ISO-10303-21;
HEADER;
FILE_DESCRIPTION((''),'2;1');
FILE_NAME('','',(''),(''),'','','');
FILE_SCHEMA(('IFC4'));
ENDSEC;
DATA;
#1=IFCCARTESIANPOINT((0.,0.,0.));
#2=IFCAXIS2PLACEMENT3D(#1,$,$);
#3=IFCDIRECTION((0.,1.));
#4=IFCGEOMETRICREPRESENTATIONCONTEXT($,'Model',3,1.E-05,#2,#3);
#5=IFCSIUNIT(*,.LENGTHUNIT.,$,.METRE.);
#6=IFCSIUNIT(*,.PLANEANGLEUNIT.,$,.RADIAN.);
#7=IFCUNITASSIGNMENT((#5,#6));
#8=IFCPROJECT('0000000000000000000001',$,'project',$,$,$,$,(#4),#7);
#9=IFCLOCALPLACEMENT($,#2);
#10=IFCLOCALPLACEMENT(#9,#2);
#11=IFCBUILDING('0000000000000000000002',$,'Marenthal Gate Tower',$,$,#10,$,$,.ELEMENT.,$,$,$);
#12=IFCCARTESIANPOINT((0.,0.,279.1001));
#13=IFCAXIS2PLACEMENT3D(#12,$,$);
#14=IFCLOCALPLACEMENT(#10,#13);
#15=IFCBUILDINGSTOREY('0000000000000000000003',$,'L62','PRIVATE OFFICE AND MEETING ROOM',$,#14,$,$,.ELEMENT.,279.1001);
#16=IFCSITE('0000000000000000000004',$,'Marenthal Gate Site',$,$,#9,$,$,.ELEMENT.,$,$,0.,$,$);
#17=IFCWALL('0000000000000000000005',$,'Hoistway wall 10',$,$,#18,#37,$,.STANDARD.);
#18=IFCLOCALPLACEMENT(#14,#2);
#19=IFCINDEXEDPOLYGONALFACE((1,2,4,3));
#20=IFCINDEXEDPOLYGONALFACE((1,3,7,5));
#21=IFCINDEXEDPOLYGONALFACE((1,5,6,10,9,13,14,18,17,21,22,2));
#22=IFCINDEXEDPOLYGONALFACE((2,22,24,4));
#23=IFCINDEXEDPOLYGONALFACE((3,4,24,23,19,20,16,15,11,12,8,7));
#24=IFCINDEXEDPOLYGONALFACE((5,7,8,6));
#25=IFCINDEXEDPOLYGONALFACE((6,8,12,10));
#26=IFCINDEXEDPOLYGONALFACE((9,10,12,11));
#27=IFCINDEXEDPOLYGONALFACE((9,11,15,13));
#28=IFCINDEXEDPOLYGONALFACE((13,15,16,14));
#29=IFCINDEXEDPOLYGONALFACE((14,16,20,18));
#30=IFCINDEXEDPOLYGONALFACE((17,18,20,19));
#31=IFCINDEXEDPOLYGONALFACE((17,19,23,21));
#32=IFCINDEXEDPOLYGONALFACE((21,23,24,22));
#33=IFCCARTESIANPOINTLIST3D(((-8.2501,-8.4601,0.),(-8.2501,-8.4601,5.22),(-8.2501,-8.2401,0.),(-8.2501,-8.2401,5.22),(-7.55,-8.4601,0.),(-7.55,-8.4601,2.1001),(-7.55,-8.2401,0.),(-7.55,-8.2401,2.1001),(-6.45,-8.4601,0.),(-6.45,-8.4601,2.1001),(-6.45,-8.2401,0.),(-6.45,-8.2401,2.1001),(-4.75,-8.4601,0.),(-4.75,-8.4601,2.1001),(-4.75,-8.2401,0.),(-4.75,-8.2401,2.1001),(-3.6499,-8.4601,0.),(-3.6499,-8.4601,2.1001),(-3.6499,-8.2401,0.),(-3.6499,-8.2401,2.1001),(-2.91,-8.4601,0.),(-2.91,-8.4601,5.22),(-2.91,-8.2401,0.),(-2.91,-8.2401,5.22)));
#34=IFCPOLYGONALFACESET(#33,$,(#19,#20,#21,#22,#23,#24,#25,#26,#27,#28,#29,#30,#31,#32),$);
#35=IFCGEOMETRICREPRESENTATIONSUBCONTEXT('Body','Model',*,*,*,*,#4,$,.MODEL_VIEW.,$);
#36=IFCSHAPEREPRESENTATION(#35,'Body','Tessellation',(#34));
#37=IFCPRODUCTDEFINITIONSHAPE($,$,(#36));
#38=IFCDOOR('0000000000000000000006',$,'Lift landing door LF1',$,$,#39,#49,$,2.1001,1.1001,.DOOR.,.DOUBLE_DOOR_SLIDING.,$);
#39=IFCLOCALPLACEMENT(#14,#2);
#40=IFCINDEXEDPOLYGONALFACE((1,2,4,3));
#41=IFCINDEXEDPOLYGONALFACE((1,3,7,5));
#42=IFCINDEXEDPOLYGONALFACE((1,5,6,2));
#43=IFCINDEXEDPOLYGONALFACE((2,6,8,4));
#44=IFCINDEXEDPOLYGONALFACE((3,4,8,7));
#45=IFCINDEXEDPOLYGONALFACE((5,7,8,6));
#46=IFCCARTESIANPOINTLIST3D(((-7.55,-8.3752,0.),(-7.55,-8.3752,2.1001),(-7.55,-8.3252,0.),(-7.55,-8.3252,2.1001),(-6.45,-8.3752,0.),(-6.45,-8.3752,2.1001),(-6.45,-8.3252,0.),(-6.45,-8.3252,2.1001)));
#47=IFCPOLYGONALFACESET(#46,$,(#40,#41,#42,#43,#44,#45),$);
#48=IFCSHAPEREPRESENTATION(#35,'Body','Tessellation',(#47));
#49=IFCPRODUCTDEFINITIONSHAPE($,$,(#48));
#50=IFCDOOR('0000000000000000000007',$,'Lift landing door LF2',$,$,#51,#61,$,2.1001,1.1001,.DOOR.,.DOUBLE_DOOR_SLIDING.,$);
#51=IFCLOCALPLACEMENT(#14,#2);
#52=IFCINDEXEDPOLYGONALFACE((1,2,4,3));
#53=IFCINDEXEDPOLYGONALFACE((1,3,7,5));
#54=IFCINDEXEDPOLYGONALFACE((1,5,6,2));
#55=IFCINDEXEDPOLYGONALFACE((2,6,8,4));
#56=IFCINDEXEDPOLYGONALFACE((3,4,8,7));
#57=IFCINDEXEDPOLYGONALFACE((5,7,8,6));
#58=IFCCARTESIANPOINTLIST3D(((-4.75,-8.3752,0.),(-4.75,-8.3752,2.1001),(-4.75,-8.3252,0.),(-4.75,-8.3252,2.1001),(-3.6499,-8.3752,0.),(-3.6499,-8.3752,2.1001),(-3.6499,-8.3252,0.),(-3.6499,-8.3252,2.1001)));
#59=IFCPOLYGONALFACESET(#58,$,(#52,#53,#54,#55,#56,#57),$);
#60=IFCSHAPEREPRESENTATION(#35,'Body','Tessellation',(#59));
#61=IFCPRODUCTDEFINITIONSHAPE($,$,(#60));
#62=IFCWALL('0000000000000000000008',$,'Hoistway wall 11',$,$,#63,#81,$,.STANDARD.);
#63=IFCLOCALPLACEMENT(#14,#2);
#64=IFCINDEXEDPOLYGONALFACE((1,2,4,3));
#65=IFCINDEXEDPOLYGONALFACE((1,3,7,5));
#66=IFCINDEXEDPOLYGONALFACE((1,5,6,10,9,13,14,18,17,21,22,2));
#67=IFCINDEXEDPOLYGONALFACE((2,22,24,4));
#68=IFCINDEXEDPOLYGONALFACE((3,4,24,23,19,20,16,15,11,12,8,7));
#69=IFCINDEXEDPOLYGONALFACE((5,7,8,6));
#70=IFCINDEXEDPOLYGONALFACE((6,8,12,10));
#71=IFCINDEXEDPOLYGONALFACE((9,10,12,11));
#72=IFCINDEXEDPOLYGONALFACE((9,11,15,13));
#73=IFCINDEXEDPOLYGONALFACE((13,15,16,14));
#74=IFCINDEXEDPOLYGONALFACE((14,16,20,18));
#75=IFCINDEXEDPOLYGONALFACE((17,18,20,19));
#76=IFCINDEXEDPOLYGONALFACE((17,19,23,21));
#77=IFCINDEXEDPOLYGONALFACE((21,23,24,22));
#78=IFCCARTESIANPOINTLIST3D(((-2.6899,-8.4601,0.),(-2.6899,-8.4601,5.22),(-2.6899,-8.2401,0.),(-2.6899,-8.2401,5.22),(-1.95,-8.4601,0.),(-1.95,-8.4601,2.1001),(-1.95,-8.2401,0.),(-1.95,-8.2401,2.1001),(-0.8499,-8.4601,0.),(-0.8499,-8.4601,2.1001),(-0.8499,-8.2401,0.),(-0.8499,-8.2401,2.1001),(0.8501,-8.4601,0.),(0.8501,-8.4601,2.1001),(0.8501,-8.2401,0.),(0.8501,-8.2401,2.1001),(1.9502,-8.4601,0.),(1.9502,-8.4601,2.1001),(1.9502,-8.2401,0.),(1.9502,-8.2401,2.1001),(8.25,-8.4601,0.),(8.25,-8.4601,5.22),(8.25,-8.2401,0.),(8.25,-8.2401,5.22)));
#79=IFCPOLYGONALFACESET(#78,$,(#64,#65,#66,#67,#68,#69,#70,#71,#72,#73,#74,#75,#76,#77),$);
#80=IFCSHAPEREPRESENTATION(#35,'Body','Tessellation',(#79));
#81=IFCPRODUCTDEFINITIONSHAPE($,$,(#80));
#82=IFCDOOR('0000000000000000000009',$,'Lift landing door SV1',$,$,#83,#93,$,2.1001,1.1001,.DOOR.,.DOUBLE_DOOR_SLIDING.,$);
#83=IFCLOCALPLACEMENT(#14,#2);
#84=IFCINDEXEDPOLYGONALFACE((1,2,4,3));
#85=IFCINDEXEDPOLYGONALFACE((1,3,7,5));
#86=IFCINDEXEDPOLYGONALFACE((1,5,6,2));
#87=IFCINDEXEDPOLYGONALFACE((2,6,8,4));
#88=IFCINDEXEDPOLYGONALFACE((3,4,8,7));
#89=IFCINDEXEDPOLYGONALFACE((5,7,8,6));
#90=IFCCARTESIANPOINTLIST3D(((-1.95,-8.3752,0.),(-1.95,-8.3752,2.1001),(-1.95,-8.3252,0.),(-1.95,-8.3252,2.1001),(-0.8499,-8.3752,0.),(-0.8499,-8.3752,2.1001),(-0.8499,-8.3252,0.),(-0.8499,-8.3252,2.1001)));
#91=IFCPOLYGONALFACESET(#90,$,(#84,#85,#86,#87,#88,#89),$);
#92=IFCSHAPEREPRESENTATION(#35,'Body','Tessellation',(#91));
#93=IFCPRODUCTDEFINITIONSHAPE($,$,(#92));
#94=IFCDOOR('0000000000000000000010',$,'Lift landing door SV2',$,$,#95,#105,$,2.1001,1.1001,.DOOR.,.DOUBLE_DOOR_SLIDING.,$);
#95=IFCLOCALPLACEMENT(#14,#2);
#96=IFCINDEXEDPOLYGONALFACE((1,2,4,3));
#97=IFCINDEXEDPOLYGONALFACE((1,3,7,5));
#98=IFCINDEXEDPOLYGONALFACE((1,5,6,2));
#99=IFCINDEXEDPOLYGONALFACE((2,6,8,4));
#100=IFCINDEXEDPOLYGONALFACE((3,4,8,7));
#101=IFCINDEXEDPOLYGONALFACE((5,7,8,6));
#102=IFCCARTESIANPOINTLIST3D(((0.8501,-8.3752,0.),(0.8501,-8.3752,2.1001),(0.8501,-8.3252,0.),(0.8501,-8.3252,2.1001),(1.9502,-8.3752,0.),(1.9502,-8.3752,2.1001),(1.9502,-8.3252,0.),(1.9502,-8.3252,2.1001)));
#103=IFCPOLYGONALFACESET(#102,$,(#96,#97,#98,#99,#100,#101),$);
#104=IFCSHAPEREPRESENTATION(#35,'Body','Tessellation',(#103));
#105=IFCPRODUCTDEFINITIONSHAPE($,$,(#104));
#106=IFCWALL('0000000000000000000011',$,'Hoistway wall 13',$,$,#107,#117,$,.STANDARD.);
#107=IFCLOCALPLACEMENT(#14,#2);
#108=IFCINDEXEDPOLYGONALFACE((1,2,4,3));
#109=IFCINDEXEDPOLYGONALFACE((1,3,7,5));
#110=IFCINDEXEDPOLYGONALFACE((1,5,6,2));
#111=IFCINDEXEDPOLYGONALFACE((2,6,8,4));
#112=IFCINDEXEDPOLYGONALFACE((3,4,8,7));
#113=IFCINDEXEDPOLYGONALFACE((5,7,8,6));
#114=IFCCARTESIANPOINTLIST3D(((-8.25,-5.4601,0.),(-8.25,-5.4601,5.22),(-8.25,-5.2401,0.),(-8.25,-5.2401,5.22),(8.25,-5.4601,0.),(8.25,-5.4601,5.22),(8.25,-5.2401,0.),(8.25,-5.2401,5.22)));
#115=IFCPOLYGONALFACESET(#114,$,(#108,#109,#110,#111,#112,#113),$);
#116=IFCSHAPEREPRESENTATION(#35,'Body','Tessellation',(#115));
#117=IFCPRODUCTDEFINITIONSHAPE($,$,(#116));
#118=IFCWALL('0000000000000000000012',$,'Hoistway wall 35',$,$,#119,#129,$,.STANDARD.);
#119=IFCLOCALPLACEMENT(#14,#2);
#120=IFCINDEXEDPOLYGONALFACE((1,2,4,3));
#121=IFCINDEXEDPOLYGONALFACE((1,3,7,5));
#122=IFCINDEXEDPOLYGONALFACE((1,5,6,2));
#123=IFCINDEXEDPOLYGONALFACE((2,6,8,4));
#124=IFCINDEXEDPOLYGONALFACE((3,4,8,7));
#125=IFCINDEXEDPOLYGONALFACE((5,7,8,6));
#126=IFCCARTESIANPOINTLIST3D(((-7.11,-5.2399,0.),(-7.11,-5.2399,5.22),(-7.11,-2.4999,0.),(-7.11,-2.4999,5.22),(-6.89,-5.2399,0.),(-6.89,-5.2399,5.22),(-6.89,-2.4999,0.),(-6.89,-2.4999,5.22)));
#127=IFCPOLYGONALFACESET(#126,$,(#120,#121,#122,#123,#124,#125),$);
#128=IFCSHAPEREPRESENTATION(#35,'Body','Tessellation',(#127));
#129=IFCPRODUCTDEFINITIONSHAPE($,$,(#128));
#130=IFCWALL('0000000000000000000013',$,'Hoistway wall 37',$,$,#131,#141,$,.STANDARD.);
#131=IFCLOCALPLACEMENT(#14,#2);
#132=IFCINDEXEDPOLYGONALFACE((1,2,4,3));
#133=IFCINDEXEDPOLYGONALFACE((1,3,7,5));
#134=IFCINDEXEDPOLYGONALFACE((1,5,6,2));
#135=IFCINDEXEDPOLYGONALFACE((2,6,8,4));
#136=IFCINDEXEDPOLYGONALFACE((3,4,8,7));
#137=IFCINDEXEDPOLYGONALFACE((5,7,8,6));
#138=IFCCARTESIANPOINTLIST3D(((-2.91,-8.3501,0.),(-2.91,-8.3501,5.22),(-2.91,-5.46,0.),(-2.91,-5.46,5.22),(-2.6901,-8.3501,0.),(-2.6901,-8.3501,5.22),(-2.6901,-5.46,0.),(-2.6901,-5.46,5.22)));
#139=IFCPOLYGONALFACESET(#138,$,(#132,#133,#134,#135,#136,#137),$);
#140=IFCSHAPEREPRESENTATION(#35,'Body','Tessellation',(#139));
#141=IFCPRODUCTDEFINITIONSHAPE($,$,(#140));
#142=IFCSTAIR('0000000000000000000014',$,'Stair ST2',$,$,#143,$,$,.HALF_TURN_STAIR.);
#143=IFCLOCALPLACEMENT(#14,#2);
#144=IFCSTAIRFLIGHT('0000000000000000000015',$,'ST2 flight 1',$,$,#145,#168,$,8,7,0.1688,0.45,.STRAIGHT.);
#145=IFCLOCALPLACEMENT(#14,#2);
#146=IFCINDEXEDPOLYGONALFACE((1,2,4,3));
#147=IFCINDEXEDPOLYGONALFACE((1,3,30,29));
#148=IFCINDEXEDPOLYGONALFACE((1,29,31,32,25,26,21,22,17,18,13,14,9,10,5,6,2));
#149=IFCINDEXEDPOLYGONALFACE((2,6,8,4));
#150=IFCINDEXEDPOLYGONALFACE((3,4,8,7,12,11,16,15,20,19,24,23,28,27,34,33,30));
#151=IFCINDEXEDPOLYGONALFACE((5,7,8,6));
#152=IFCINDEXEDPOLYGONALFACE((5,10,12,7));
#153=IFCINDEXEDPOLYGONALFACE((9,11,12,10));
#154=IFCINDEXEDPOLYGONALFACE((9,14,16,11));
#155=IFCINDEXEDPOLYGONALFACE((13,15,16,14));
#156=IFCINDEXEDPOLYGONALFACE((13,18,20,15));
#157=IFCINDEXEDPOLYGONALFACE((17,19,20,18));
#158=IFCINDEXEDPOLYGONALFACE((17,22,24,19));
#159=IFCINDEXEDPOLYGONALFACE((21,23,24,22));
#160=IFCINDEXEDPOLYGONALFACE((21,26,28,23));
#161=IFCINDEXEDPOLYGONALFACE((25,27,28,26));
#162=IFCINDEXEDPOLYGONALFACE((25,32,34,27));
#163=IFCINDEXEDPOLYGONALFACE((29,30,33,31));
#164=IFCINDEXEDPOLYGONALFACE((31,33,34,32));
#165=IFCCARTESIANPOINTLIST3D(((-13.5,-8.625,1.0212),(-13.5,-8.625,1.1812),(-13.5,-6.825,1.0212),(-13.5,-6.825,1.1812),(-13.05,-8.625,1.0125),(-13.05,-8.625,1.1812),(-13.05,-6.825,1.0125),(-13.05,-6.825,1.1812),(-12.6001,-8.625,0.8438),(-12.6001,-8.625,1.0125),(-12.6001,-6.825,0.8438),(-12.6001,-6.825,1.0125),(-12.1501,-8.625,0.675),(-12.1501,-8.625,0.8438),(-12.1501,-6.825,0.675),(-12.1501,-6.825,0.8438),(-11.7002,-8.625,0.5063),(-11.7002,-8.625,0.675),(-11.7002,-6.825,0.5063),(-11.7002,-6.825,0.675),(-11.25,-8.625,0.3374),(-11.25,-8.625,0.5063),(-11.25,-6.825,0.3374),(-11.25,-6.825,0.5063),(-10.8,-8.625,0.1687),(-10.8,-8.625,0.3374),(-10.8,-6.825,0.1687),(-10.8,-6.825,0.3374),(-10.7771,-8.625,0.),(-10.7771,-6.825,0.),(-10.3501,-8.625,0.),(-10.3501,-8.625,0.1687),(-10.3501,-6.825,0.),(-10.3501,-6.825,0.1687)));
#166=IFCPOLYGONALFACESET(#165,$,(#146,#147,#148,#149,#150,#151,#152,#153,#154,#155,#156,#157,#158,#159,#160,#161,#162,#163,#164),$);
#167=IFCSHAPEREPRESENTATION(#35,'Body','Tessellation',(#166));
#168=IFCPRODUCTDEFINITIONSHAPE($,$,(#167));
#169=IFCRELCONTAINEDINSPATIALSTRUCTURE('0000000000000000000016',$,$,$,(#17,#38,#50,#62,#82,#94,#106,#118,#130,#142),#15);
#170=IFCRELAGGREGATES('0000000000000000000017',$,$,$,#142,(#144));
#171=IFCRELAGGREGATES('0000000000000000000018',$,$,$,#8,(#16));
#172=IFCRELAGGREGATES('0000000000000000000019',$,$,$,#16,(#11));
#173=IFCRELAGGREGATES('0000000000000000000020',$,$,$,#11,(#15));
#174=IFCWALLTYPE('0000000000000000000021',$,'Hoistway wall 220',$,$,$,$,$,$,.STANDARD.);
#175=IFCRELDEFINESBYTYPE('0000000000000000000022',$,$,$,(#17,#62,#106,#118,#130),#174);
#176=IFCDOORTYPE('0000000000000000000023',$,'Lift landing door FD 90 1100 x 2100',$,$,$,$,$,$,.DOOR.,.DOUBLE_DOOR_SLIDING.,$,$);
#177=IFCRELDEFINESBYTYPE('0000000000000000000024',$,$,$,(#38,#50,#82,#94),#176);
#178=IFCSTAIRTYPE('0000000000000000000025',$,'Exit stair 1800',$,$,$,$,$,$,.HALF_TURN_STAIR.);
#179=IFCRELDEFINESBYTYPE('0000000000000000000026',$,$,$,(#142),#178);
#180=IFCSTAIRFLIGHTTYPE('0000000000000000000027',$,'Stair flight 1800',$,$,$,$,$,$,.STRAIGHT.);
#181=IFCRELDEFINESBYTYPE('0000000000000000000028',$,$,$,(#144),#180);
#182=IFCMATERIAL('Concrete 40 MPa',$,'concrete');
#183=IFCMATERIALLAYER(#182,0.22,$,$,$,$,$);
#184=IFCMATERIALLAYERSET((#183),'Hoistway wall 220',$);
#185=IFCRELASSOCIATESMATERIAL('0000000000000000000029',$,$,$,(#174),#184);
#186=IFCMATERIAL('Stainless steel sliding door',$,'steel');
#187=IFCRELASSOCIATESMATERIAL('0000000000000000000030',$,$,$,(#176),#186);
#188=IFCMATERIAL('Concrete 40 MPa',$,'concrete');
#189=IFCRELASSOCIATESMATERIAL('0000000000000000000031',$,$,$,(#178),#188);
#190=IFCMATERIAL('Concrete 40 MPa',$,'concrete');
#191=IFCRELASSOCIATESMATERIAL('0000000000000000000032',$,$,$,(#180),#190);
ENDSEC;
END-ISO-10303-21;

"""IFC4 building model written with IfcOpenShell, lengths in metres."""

from ifc_helpers import new_model, si_unit, direction, frame, frame_2d, origin, place, context, subcontext, project, spatial, polyline, rectangle, outline, extrude, material, layer, layer_set, type_object, element, fill, aggregate, save


model = new_model("IFC4")

# Units and contexts
model_context = context("Model", 3, precision=1e-05, world=origin(), true_north=direction((0.0, 1.0)))
body_context = subcontext(model_context, "Body", "Model", "MODEL_VIEW")
ifc_project = project(units=[si_unit("LENGTHUNIT", "METRE"), si_unit("PLANEANGLEUNIT", "RADIAN")], contexts=[model_context])

# Site, building, storey
site_placement = place(None, origin())
site = spatial("IfcSite", under=ifc_project, at=site_placement, Name="Marenthal Gate Site", CompositionType="ELEMENT", RefElevation=0.0)
building_placement = place(site_placement, origin())
building = spatial("IfcBuilding", under=site, at=building_placement, Name="Marenthal Gate Tower", CompositionType="ELEMENT")
storey_placement = place(building_placement, frame((0.0, 0.0, 279.1001)))
storey = spatial("IfcBuildingStorey", under=building, at=storey_placement, Name="L62", Description="PRIVATE OFFICE AND MEETING ROOM", CompositionType="ELEMENT", Elevation=279.1001)

# Walls, openings, doors
ifc_material_1 = material(Name="Concrete 40 MPa", Category="concrete")
ifc_layer = layer(ifc_material_1, 0.22)
ifc_layer_set = layer_set([ifc_layer], Name="Hoistway wall 220")
wall_type = type_object("IfcWallType", Name="Hoistway wall 220", PredefinedType="STANDARD", material=ifc_layer_set)
wall_1_placement = place(storey_placement, frame((-8.25, -8.3501, 0.0), z_axis=(0.0, 0.0, 1.0), x_axis=(1.0, 0.0, 0.0)))
wall_1 = element("IfcWall", 1, at=wall_1_placement, inside=storey, type_object=wall_type, Name="Hoistway wall 10", PredefinedType="STANDARD", context=body_context, shape_type="SweptSolid", body=[
    extrude(rectangle(XDim=5.3401, YDim=0.22, at=frame_2d((2.6699, 0.0))), origin(), (0.0, 0.0, 1.0), 5.22),
])
opening_1_placement = place(wall_1_placement, frame((0.7, 0.0, 0.0)))
opening_1 = element("IfcOpeningElement", 2, at=opening_1_placement, cuts=wall_1, PredefinedType="OPENING", context=body_context, shape_type="SweptSolid", body=[
    extrude(rectangle(XDim=1.1001, YDim=2.1001, at=frame_2d((0.55, 1.05))), frame((0.0, 0.1201, 0.0), z_axis=(0.0, -1.0, 0.0), x_axis=(1.0, 0.0, 0.0)), (0.0, 0.0, 1.0), 0.24),
])
opening_2_placement = place(wall_1_placement, frame((3.5, 0.0, 0.0)))
opening_2 = element("IfcOpeningElement", 3, at=opening_2_placement, cuts=wall_1, PredefinedType="OPENING", context=body_context, shape_type="SweptSolid", body=[
    extrude(rectangle(XDim=1.1001, YDim=2.1001, at=frame_2d((0.55, 1.05))), frame((0.0, 0.1201, 0.0), z_axis=(0.0, -1.0, 0.0), x_axis=(1.0, 0.0, 0.0)), (0.0, 0.0, 1.0), 0.24),
])
ifc_material_2 = material(Name="Stainless steel sliding door", Category="steel")
door_type = type_object("IfcDoorType", Name="Lift landing door FD 90 1100 x 2100", OperationType="DOUBLE_DOOR_SLIDING", PredefinedType="DOOR", material=ifc_material_2)
door_1_placement = place(opening_1_placement, origin())
door_1 = element("IfcDoor", 4, at=door_1_placement, inside=storey, type_object=door_type, Name="Lift landing door LF1", OperationType="DOUBLE_DOOR_SLIDING", OverallHeight=2.1001, OverallWidth=1.1001, PredefinedType="DOOR", context=body_context, shape_type="SweptSolid", body=[
    extrude(rectangle(XDim=1.1001, YDim=2.1001, at=frame_2d((0.55, 1.05))), frame((0.0, 0.0249, 0.0), z_axis=(0.0, -1.0, 0.0), x_axis=(1.0, 0.0, 0.0)), (0.0, 0.0, 1.0), 0.05),
])
fill(opening_1, door_1)
door_2_placement = place(opening_2_placement, origin())
door_2 = element("IfcDoor", 5, at=door_2_placement, inside=storey, type_object=door_type, Name="Lift landing door LF2", OperationType="DOUBLE_DOOR_SLIDING", OverallHeight=2.1001, OverallWidth=1.1001, PredefinedType="DOOR", context=body_context, shape_type="SweptSolid", body=[
    extrude(rectangle(XDim=1.1001, YDim=2.1001, at=frame_2d((0.55, 1.05))), frame((0.0, 0.0249, 0.0), z_axis=(0.0, -1.0, 0.0), x_axis=(1.0, 0.0, 0.0)), (0.0, 0.0, 1.0), 0.05),
])
fill(opening_2, door_2)
wall_2_placement = place(storey_placement, frame((-2.6899, -8.3501, 0.0), z_axis=(0.0, 0.0, 1.0), x_axis=(1.0, 0.0, 0.0)))
wall_2 = element("IfcWall", 6, at=wall_2_placement, inside=storey, type_object=wall_type, Name="Hoistway wall 11", PredefinedType="STANDARD", context=body_context, shape_type="SweptSolid", body=[
    extrude(rectangle(XDim=10.9399, YDim=0.22, at=frame_2d((5.47, 0.0))), origin(), (0.0, 0.0, 1.0), 5.22),
])
opening_3_placement = place(wall_2_placement, frame((0.74, 0.0, 0.0)))
opening_3 = element("IfcOpeningElement", 7, at=opening_3_placement, cuts=wall_2, PredefinedType="OPENING", context=body_context, shape_type="SweptSolid", body=[
    extrude(rectangle(XDim=1.1001, YDim=2.1001, at=frame_2d((0.55, 1.05))), frame((0.0, 0.1201, 0.0), z_axis=(0.0, -1.0, 0.0), x_axis=(1.0, 0.0, 0.0)), (0.0, 0.0, 1.0), 0.24),
])
opening_4_placement = place(wall_2_placement, frame((3.54, 0.0, 0.0)))
opening_4 = element("IfcOpeningElement", 8, at=opening_4_placement, cuts=wall_2, PredefinedType="OPENING", context=body_context, shape_type="SweptSolid", body=[
    extrude(rectangle(XDim=1.1001, YDim=2.1001, at=frame_2d((0.55, 1.05))), frame((0.0, 0.1201, 0.0), z_axis=(0.0, -1.0, 0.0), x_axis=(1.0, 0.0, 0.0)), (0.0, 0.0, 1.0), 0.24),
])
door_3_placement = place(opening_3_placement, origin())
door_3 = element("IfcDoor", 9, at=door_3_placement, inside=storey, type_object=door_type, Name="Lift landing door SV1", OperationType="DOUBLE_DOOR_SLIDING", OverallHeight=2.1001, OverallWidth=1.1001, PredefinedType="DOOR", context=body_context, shape_type="SweptSolid", body=[
    extrude(rectangle(XDim=1.1001, YDim=2.1001, at=frame_2d((0.55, 1.05))), frame((0.0, 0.0249, 0.0), z_axis=(0.0, -1.0, 0.0), x_axis=(1.0, 0.0, 0.0)), (0.0, 0.0, 1.0), 0.05),
])
fill(opening_3, door_3)
door_4_placement = place(opening_4_placement, origin())
door_4 = element("IfcDoor", 10, at=door_4_placement, inside=storey, type_object=door_type, Name="Lift landing door SV2", OperationType="DOUBLE_DOOR_SLIDING", OverallHeight=2.1001, OverallWidth=1.1001, PredefinedType="DOOR", context=body_context, shape_type="SweptSolid", body=[
    extrude(rectangle(XDim=1.1001, YDim=2.1001, at=frame_2d((0.55, 1.05))), frame((0.0, 0.0249, 0.0), z_axis=(0.0, -1.0, 0.0), x_axis=(1.0, 0.0, 0.0)), (0.0, 0.0, 1.0), 0.05),
])
fill(opening_4, door_4)

# Walls
wall_3_placement = place(storey_placement, frame((-8.25, -5.3501, 0.0), z_axis=(0.0, 0.0, 1.0), x_axis=(1.0, 0.0, 0.0)))
element("IfcWall", 11, at=wall_3_placement, inside=storey, type_object=wall_type, Name="Hoistway wall 13", PredefinedType="STANDARD", context=body_context, shape_type="SweptSolid", body=[
    extrude(rectangle(XDim=16.5, YDim=0.22, at=frame_2d((8.25, 0.0))), origin(), (0.0, 0.0, 1.0), 5.22),
])
wall_4_placement = place(storey_placement, frame((-7.0, -5.24, 0.0), z_axis=(0.0, 0.0, 1.0), x_axis=(0.0, 1.0, 0.0)))
element("IfcWall", 12, at=wall_4_placement, inside=storey, type_object=wall_type, Name="Hoistway wall 35", PredefinedType="STANDARD", context=body_context, shape_type="SweptSolid", body=[
    extrude(rectangle(XDim=2.74, YDim=0.22, at=frame_2d((1.3701, 0.0))), origin(), (0.0, 0.0, 1.0), 5.22),
])
wall_5_placement = place(storey_placement, frame((-2.8, -8.3501, 0.0), z_axis=(0.0, 0.0, 1.0), x_axis=(0.0, 1.0, 0.0)))
element("IfcWall", 13, at=wall_5_placement, inside=storey, type_object=wall_type, Name="Hoistway wall 37", PredefinedType="STANDARD", context=body_context, shape_type="SweptSolid", body=[
    extrude(rectangle(XDim=2.8901, YDim=0.22, at=frame_2d((1.4451, 0.0))), origin(), (0.0, 0.0, 1.0), 5.22),
])

# Stair, stair flight
ifc_material_3 = material(Name="Concrete 40 MPa", Category="concrete")
stair_type = type_object("IfcStairType", Name="Exit stair 1800", PredefinedType="HALF_TURN_STAIR", material=ifc_material_3)
stair_placement = place(storey_placement, origin())
stair = element("IfcStair", 14, at=stair_placement, inside=storey, type_object=stair_type, Name="Stair ST2", PredefinedType="HALF_TURN_STAIR")
ifc_material_4 = material(Name="Concrete 40 MPa", Category="concrete")
stair_flight_type = type_object("IfcStairFlightType", Name="Stair flight 1800", PredefinedType="STRAIGHT", material=ifc_material_4)
stair_flight_1_placement = place(storey_placement, frame((-10.3501, -7.7251, 0.0), z_axis=(0.0, 0.0, 1.0), x_axis=(-1.0, 0.0, 0.0)))
stair_flight_1 = element("IfcStairFlight", 15, at=stair_flight_1_placement, type_object=stair_flight_type, Name="ST2 flight 1", NumberOfRisers=8, NumberOfTreads=7, PredefinedType="STRAIGHT", RiserHeight=0.1688, TreadLength=0.45, context=body_context, shape_type="SweptSolid", body=[
    extrude(outline(polyline([(0.0, 0.0), (0.0, 0.1687), (0.45, 0.1687), (0.45, 0.3374), (0.8999, 0.3374), (0.8999, 0.5063), (1.3501, 0.5063), (1.3501, 0.675), (1.8, 0.675), (1.8, 0.8438), (2.25, 0.8438), (2.25, 1.0125), (2.7, 1.0125), (2.7, 1.1812), (3.1499, 1.1812), (3.1499, 1.3501), (3.1499, 1.0212), (0.427, 0.0), (0.0, 0.0)])), frame((0.0, 0.8999, 0.0), z_axis=(0.0, -1.0, 0.0), x_axis=(1.0, 0.0, 0.0)), (0.0, 0.0, 1.0), 1.8),
])
aggregate(stair, [stair_flight_1])

save(model, "model.ifc")
